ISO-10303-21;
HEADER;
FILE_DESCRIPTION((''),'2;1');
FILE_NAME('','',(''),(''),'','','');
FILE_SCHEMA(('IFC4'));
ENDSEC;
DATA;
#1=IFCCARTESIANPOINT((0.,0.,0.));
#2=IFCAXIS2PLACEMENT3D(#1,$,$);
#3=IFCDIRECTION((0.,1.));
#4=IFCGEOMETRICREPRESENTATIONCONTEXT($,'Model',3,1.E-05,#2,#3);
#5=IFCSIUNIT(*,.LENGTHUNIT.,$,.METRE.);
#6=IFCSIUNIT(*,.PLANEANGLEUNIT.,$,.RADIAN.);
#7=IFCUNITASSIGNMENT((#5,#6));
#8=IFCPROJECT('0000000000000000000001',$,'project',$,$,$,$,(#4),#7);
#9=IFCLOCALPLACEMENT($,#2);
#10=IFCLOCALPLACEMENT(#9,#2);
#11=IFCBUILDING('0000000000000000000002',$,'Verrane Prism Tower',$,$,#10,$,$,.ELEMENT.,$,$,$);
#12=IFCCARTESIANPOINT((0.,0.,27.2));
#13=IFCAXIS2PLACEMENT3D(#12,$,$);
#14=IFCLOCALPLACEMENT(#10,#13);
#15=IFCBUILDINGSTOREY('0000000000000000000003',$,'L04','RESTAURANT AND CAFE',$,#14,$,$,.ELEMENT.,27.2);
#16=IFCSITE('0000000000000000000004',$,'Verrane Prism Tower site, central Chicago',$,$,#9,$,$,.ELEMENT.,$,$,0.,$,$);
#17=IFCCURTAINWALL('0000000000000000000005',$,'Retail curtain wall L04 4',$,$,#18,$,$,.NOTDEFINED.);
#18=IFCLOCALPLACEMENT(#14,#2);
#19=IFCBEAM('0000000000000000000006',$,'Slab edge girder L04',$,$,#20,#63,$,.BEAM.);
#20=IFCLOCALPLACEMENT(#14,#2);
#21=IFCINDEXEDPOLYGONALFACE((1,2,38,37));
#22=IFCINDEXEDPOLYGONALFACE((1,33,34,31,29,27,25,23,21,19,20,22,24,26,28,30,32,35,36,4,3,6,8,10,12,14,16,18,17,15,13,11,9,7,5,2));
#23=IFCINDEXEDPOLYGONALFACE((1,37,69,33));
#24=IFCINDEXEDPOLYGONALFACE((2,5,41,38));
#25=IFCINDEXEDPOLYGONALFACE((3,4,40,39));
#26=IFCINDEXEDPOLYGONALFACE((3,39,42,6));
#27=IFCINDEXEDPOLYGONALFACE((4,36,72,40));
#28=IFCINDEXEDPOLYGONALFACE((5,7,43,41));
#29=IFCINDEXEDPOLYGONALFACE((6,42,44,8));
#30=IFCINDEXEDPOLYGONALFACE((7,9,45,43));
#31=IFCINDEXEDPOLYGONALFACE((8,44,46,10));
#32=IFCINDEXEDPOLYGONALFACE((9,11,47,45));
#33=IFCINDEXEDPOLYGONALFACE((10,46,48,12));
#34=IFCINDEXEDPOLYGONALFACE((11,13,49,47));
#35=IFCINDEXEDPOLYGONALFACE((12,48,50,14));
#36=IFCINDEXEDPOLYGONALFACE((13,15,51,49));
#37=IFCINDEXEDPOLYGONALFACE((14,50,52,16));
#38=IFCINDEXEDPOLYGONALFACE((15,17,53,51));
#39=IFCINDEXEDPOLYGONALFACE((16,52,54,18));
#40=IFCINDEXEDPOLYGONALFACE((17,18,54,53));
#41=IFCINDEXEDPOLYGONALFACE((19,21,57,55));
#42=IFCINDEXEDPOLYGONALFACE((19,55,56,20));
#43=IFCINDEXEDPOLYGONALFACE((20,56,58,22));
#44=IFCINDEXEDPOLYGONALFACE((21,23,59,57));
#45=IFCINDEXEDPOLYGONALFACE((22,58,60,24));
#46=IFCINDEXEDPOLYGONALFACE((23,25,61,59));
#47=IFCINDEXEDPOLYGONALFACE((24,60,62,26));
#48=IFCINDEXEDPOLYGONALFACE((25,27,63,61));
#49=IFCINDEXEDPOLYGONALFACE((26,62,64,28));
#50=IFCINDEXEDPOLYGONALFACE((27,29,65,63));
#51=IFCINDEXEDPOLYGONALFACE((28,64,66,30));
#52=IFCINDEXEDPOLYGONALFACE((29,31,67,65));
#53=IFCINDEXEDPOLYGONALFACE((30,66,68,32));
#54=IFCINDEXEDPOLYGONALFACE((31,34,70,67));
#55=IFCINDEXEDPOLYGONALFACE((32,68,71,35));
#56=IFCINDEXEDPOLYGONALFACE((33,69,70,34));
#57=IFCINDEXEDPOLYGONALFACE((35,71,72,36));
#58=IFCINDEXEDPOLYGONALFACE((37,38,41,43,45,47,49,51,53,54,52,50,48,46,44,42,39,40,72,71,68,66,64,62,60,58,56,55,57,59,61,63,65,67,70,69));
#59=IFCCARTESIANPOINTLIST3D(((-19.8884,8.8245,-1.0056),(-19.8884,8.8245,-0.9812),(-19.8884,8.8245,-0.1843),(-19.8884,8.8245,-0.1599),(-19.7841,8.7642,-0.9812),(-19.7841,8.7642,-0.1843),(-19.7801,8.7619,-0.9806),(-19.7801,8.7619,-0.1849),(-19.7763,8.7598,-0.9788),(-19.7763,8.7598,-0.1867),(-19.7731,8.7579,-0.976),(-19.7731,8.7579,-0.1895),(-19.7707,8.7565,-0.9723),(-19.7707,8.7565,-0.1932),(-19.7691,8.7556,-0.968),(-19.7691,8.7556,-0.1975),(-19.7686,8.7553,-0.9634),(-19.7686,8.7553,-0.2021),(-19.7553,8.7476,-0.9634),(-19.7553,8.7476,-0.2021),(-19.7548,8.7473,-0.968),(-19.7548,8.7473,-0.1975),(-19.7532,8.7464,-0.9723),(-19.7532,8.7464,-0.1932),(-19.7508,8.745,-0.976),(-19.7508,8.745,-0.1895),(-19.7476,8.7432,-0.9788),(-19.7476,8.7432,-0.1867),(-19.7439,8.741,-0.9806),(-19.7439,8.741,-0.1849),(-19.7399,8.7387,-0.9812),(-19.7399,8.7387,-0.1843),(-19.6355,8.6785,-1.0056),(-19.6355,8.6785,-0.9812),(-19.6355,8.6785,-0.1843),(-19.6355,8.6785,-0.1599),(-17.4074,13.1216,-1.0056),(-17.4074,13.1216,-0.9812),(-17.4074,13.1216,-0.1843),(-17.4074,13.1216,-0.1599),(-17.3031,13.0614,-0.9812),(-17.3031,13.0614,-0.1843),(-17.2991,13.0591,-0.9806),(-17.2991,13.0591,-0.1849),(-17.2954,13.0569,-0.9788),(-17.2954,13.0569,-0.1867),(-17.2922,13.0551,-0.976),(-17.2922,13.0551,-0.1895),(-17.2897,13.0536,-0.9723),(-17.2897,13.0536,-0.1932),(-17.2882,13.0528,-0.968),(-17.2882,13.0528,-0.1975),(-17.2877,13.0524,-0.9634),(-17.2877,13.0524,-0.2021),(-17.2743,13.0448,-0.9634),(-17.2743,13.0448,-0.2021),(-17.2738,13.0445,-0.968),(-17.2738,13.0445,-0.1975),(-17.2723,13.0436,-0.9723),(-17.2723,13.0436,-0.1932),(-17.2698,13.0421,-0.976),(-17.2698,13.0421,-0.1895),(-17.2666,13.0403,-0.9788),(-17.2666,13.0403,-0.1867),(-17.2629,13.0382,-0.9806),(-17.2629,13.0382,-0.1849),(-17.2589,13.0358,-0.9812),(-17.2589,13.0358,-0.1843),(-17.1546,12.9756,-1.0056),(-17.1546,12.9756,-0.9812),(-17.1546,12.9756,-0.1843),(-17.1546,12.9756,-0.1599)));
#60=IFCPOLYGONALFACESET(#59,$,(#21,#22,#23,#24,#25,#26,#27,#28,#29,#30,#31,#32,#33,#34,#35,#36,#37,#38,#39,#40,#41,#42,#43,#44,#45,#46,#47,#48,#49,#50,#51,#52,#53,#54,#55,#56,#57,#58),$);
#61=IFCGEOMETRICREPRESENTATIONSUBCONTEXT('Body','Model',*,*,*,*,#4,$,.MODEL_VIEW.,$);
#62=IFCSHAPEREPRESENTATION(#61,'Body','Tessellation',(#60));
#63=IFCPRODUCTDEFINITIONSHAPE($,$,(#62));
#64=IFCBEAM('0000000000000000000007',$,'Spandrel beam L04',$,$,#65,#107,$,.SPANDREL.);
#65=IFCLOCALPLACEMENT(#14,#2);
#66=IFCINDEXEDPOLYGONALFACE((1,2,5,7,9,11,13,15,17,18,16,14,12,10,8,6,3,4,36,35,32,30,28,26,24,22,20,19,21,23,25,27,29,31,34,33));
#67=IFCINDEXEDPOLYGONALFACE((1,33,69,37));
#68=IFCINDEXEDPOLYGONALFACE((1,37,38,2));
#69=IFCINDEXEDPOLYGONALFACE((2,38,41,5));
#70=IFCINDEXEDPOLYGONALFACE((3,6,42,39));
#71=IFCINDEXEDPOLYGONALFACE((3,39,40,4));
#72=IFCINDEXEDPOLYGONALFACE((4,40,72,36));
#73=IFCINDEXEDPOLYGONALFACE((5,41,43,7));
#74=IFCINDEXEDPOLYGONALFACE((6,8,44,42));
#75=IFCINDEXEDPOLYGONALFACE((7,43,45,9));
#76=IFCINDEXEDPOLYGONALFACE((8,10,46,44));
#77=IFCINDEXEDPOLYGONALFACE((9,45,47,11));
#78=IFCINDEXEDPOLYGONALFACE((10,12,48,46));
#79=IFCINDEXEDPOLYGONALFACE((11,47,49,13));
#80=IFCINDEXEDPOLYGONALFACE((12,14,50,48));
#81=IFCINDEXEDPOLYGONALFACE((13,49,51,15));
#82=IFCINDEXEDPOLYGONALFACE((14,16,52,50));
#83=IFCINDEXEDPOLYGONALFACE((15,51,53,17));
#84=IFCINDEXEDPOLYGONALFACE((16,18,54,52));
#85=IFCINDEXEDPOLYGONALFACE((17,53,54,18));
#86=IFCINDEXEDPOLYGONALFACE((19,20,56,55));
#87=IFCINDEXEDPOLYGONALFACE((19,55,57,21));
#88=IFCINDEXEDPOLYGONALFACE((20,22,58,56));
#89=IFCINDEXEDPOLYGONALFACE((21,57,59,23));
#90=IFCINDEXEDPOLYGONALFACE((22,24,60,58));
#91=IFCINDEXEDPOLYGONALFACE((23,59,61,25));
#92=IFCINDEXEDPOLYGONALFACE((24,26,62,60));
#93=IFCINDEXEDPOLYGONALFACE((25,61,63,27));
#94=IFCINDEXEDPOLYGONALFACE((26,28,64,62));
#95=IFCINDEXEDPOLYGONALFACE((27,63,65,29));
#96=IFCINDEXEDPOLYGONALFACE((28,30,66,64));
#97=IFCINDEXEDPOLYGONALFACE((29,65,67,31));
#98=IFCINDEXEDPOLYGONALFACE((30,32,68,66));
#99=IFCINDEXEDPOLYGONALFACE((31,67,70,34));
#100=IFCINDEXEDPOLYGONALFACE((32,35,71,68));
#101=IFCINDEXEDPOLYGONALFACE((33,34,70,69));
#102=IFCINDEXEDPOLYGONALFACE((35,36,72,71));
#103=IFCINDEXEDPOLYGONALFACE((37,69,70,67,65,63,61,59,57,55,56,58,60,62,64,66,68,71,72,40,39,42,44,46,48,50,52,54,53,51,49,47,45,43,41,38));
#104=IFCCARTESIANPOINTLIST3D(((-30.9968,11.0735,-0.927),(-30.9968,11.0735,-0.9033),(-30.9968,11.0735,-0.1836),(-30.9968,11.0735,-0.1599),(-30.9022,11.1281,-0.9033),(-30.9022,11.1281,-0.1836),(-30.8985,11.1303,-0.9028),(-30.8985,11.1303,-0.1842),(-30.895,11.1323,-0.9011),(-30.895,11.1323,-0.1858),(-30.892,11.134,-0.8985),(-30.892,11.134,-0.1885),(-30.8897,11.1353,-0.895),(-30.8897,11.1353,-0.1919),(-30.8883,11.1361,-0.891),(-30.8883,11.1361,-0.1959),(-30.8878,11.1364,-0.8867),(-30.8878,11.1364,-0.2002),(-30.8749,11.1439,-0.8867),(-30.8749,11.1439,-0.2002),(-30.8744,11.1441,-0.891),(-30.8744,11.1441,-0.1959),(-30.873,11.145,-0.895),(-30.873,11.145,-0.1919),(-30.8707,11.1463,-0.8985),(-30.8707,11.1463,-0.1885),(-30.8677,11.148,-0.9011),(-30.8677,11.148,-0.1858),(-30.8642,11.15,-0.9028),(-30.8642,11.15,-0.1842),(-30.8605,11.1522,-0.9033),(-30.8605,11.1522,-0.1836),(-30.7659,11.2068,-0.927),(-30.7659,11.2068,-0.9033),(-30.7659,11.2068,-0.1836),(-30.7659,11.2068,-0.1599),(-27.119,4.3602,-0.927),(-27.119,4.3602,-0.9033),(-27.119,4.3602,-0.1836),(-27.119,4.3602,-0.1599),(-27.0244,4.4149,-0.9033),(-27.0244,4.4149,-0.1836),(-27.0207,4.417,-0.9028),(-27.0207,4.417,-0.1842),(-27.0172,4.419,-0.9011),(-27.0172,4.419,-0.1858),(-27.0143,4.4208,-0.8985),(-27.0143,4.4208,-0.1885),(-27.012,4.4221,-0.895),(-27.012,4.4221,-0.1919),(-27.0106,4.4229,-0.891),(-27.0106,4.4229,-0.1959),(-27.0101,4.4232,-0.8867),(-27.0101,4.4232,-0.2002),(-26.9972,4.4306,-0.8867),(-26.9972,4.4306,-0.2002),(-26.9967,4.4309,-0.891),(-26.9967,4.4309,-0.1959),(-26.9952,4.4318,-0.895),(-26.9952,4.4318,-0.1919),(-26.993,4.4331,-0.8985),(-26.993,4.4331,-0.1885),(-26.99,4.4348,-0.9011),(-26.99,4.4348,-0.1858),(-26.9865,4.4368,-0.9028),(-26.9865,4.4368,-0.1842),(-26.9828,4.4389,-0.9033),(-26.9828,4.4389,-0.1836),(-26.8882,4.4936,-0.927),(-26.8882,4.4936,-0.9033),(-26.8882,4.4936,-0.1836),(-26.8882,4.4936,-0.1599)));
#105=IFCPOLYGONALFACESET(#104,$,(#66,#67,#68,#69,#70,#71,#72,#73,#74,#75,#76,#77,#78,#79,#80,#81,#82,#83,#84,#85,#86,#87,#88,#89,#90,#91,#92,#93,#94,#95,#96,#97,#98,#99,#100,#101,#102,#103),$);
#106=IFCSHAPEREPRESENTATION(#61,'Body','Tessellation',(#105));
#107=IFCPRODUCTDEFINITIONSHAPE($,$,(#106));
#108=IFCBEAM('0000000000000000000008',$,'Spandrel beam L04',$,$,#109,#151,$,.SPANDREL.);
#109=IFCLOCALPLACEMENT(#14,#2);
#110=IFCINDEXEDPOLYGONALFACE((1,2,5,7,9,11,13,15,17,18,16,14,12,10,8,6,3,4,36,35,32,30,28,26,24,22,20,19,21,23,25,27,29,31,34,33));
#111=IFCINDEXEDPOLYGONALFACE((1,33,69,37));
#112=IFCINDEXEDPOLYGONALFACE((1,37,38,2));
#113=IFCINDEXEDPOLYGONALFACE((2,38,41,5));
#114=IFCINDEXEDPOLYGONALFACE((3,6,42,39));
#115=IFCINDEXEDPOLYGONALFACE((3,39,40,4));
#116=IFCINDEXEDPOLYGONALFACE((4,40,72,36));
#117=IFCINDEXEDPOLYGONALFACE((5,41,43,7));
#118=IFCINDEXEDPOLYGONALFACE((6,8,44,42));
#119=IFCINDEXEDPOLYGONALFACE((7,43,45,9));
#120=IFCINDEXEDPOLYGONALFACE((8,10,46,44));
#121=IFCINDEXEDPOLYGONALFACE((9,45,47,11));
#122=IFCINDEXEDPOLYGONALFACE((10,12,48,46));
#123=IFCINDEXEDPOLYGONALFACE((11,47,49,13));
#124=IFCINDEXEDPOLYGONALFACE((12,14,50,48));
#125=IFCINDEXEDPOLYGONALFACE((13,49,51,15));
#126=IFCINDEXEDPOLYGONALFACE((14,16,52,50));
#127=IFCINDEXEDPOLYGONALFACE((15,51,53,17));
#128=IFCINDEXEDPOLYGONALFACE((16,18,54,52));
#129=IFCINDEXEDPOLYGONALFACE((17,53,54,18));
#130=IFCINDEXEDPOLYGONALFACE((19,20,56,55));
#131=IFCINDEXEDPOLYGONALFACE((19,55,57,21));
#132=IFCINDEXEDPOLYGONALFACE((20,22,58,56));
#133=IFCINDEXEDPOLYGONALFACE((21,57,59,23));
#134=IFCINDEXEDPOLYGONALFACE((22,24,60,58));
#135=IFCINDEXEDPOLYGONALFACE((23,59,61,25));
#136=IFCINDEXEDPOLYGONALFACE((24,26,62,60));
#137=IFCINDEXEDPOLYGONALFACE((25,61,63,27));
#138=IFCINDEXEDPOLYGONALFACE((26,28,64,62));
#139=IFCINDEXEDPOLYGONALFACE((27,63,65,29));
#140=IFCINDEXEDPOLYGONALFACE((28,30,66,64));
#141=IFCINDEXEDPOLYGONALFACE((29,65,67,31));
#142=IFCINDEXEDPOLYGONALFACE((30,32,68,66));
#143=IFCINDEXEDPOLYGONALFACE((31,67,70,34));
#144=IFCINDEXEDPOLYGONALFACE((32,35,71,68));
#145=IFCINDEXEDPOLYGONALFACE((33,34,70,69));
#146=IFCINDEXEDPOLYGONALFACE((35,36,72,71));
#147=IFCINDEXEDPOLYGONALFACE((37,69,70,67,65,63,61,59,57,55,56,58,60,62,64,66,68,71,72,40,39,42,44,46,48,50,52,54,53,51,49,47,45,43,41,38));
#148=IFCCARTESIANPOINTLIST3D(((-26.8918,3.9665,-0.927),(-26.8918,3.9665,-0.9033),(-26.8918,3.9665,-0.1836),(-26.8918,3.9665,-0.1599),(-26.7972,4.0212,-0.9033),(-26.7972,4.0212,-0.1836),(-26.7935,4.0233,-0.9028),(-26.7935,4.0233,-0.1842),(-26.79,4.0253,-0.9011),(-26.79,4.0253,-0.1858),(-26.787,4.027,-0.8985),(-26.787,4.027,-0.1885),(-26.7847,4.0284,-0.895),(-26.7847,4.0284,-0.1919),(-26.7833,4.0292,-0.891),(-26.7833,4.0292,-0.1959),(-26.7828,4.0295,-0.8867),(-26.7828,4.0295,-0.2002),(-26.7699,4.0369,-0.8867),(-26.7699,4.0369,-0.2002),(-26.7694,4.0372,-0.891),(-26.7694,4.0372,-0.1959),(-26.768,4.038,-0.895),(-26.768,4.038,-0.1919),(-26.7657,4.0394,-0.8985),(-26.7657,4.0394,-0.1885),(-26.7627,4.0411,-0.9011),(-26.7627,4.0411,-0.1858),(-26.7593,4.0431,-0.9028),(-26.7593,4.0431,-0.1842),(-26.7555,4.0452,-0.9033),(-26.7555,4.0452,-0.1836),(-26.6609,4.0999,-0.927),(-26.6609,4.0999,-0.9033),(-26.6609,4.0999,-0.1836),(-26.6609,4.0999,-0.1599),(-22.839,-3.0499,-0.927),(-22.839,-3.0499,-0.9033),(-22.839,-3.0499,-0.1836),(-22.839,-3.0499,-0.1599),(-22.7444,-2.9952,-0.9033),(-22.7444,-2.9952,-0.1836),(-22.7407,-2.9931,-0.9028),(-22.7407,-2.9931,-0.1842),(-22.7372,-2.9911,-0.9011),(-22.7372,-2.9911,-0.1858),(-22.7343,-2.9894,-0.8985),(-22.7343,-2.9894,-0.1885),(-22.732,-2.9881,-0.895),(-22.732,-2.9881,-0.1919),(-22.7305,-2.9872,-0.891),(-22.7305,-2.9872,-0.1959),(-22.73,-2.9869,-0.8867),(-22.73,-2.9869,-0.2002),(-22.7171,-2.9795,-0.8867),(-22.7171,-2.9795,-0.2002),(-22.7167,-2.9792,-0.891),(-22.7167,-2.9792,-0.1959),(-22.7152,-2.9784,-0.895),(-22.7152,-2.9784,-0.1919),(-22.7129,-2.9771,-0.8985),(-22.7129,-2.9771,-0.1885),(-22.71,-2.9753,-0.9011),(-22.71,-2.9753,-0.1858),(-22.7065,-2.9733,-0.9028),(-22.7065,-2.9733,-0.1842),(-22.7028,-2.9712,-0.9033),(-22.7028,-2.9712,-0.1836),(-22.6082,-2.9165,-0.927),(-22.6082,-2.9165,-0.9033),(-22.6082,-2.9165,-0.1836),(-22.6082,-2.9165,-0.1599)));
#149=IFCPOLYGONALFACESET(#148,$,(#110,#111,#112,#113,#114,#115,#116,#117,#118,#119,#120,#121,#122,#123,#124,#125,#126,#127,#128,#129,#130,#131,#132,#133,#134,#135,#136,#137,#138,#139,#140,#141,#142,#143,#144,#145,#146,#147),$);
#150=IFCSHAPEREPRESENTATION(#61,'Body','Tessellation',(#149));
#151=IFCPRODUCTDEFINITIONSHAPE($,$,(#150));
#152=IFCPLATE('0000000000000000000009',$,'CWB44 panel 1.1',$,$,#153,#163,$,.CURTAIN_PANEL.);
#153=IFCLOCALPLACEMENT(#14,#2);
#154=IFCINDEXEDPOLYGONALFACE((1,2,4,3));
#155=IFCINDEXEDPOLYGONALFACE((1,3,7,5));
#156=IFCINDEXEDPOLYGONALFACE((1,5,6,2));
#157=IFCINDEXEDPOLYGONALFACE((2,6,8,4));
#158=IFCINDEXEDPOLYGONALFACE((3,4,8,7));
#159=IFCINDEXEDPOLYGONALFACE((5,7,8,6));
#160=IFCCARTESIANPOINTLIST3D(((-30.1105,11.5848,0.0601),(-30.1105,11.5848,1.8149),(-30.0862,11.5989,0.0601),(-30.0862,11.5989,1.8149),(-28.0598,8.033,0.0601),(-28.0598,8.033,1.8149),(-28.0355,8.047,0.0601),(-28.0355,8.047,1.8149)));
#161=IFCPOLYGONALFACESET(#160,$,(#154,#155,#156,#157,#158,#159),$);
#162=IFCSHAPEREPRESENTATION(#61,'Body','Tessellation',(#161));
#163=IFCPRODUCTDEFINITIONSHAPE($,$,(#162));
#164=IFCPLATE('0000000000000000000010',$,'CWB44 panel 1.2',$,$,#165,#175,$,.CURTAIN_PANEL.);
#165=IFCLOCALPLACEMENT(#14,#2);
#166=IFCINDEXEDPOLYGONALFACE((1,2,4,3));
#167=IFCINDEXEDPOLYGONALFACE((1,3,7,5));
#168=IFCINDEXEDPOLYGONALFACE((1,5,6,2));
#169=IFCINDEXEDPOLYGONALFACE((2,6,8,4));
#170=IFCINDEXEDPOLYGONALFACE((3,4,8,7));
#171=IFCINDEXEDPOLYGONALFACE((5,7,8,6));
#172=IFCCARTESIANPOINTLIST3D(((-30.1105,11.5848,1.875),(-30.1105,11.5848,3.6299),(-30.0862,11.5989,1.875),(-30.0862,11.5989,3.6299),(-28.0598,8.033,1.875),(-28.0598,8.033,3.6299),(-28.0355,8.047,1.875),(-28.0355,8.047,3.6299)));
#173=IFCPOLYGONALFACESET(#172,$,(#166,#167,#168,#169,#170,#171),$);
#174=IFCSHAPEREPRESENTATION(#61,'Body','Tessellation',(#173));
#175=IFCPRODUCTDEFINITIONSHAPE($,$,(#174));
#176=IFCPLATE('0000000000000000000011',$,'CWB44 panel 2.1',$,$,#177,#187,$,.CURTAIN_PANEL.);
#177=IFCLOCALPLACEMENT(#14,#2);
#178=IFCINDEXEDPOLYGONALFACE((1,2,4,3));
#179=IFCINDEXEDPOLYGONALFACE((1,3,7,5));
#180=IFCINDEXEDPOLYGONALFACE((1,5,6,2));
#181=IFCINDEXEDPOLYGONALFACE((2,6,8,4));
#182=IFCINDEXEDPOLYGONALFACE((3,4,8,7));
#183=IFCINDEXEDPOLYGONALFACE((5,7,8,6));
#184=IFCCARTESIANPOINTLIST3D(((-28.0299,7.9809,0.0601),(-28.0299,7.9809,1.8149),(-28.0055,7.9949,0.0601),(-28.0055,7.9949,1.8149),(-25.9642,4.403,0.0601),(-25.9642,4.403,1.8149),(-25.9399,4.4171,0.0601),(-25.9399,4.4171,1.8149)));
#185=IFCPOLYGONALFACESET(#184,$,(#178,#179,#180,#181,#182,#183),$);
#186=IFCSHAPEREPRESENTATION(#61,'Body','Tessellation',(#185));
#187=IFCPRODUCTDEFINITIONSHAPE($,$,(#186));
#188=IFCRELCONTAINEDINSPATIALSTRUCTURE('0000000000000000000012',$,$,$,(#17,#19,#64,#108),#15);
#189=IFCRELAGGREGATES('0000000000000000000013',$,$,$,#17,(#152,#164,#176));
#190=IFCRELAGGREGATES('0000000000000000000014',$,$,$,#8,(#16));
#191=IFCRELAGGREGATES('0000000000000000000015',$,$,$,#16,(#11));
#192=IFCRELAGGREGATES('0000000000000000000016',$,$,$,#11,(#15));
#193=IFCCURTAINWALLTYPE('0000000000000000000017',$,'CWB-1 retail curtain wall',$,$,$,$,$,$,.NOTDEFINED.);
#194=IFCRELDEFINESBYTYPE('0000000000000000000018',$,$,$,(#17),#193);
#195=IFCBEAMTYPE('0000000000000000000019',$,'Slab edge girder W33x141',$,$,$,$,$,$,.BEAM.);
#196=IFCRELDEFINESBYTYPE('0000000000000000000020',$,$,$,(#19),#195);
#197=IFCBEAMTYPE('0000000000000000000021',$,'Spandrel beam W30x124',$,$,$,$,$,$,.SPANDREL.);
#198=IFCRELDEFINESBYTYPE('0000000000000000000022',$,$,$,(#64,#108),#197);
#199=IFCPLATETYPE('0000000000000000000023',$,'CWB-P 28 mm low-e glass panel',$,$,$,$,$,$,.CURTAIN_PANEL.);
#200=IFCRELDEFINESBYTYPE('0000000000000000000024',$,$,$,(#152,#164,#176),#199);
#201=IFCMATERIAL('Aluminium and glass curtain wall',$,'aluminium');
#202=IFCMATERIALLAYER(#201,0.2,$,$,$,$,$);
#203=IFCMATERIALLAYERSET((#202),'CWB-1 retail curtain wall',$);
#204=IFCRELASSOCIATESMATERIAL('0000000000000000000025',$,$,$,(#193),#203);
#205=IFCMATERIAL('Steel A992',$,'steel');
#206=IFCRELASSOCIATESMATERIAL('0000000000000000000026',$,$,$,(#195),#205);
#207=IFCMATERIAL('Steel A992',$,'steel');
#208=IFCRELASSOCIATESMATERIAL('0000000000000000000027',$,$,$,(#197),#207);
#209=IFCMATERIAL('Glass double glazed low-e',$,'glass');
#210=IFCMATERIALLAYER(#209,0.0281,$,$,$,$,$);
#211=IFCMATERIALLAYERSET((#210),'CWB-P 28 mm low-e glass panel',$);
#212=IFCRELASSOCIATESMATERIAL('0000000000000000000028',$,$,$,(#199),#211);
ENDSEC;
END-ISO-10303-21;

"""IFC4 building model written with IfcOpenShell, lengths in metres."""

from ifc_helpers import new_model, si_unit, direction, frame, origin, origin_2d, place, context, subcontext, project, spatial, rectangle, i_section, extrude, material, layer, layer_set, material_profile, profile_set, type_object, element, aggregate, save


model = new_model("IFC4")

# Units and contexts
model_context = context("Model", 3, precision=1e-05, world=origin(), true_north=direction((0.0, 1.0)))
body_context = subcontext(model_context, "Body", "Model", "MODEL_VIEW")
ifc_project = project(units=[si_unit("LENGTHUNIT", "METRE"), si_unit("PLANEANGLEUNIT", "RADIAN")], contexts=[model_context])

# Site, building, storey
site_placement = place(None, origin())
site = spatial("IfcSite", under=ifc_project, at=site_placement, Name="Verrane Prism Tower site, central Chicago", CompositionType="ELEMENT", RefElevation=0.0)
building_placement = place(site_placement, origin())
building = spatial("IfcBuilding", under=site, at=building_placement, Name="Verrane Prism Tower", CompositionType="ELEMENT")
storey_placement = place(building_placement, frame((0.0, 0.0, 27.2)))
storey = spatial("IfcBuildingStorey", under=building, at=storey_placement, Name="L04", Description="RESTAURANT AND CAFE", CompositionType="ELEMENT", Elevation=27.2)

# Shared definitions
ifc_material_1 = material(Name="Aluminium and glass curtain wall", Category="aluminium")
ifc_layer_1 = layer(ifc_material_1, 0.2)
ifc_layer_set_1 = layer_set([ifc_layer_1], Name="CWB-1 retail curtain wall")
curtain_wall_type = type_object("IfcCurtainWallType", Name="CWB-1 retail curtain wall", PredefinedType="NOTDEFINED", material=ifc_layer_set_1)

# Curtain wall
curtain_wall_1_placement = place(storey_placement, origin())
curtain_wall_1 = element("IfcCurtainWall", 1, at=curtain_wall_1_placement, inside=storey, type_object=curtain_wall_type, Name="Retail curtain wall L04 4", PredefinedType="NOTDEFINED")

# Beams
ifc_material_2 = material(Name="Steel A992", Category="steel")
ifc_material_profile_1 = material_profile(ifc_material_2, i_section(OverallWidth=0.292, OverallDepth=0.8457, WebThickness=0.0154, FlangeThickness=0.0244, FilletRadius=0.0178, at=origin_2d()), Name="W33x141")
ifc_profile_set_1 = profile_set([ifc_material_profile_1], Name="Steel A992")
beam_type_1 = type_object("IfcBeamType", Name="Slab edge girder W33x141", PredefinedType="BEAM", material=ifc_profile_set_1)
beam_1_placement = place(storey_placement, frame((-19.762, 8.7515, -0.5828), z_axis=(0.500002, 0.866024, 0.0), x_axis=(-0.866024, 0.500002, 0.0)))
element("IfcBeam", 2, at=beam_1_placement, inside=storey, type_object=beam_type_1, Name="Slab edge girder L04", PredefinedType="BEAM", context=body_context, shape_type="SweptSolid", body=[
    extrude(i_section(OverallWidth=0.292, OverallDepth=0.8457, WebThickness=0.0154, FlangeThickness=0.0244, FilletRadius=0.0178, at=origin_2d()), origin(), (0.0, 0.0, 1.0), 4.9619),
])
ifc_material_3 = material(Name="Steel A992", Category="steel")
ifc_material_profile_2 = material_profile(ifc_material_3, i_section(OverallWidth=0.2666, OverallDepth=0.7671, WebThickness=0.0149, FlangeThickness=0.0237, FilletRadius=0.0166, at=origin_2d()), Name="W30x124")
ifc_profile_set_2 = profile_set([ifc_material_profile_2], Name="Steel A992")
beam_type_2 = type_object("IfcBeamType", Name="Spandrel beam W30x124", PredefinedType="SPANDREL", material=ifc_profile_set_2)
beam_2_placement = place(storey_placement, frame((-30.8813, 11.1401, -0.5435), z_axis=(0.500179, -0.865922, 0.0), x_axis=(0.865922, 0.500179, 0.0)))
element("IfcBeam", 3, at=beam_2_placement, inside=storey, type_object=beam_type_2, Name="Spandrel beam L04", PredefinedType="SPANDREL", context=body_context, shape_type="SweptSolid", body=[
    extrude(i_section(OverallWidth=0.2666, OverallDepth=0.7671, WebThickness=0.0149, FlangeThickness=0.0237, FilletRadius=0.0166, at=origin_2d()), origin(), (0.0, 0.0, 1.0), 7.7527),
])
beam_3_placement = place(storey_placement, frame((-26.7764, 4.0332, -0.5435), z_axis=(0.50017, -0.865927, 0.0), x_axis=(0.865927, 0.50017, 0.0)))
element("IfcBeam", 4, at=beam_3_placement, inside=storey, type_object=beam_type_2, Name="Spandrel beam L04", PredefinedType="SPANDREL", context=body_context, shape_type="SweptSolid", body=[
    extrude(i_section(OverallWidth=0.2666, OverallDepth=0.7671, WebThickness=0.0149, FlangeThickness=0.0237, FilletRadius=0.0166, at=origin_2d()), origin(), (0.0, 0.0, 1.0), 8.1028),
])

# Plates
ifc_material_4 = material(Name="Glass double glazed low-e", Category="glass")
ifc_layer_2 = layer(ifc_material_4, 0.0281)
ifc_layer_set_2 = layer_set([ifc_layer_2], Name="CWB-P 28 mm low-e glass panel")
plate_type = type_object("IfcPlateType", Name="CWB-P 28 mm low-e glass panel", PredefinedType="CURTAIN_PANEL", material=ifc_layer_set_2)
plate_1_placement = place(storey_placement, frame((-29.073, 9.8159, 0.0601), z_axis=(0.0, 0.0, 1.0), x_axis=(0.5, -0.866025, 0.0)))
plate_1 = element("IfcPlate", 5, at=plate_1_placement, type_object=plate_type, Name="CWB44 panel 1.1", PredefinedType="CURTAIN_PANEL", context=body_context, shape_type="SweptSolid", body=[
    extrude(rectangle(XDim=4.1013, YDim=0.0281, at=origin_2d()), origin(), (0.0, 0.0, 1.0), 1.7549),
])
plate_2_placement = place(storey_placement, frame((-29.073, 9.8159, 1.875), z_axis=(0.0, 0.0, 1.0), x_axis=(0.5, -0.866025, 0.0)))
plate_2 = element("IfcPlate", 6, at=plate_2_placement, type_object=plate_type, Name="CWB44 panel 1.2", PredefinedType="CURTAIN_PANEL", context=body_context, shape_type="SweptSolid", body=[
    extrude(rectangle(XDim=4.1013, YDim=0.0281, at=origin_2d()), origin(), (0.0, 0.0, 1.0), 1.7549),
])
plate_3_placement = place(storey_placement, frame((-26.9849, 6.199, 0.0601), z_axis=(0.0, 0.0, 1.0), x_axis=(0.5, -0.866025, 0.0)))
plate_3 = element("IfcPlate", 7, at=plate_3_placement, type_object=plate_type, Name="CWB44 panel 2.1", PredefinedType="CURTAIN_PANEL", context=body_context, shape_type="SweptSolid", body=[
    extrude(rectangle(XDim=4.1313, YDim=0.0281, at=origin_2d()), origin(), (0.0, 0.0, 1.0), 1.7549),
])
aggregate(curtain_wall_1, [plate_1, plate_2, plate_3])

save(model, "model.ifc")
